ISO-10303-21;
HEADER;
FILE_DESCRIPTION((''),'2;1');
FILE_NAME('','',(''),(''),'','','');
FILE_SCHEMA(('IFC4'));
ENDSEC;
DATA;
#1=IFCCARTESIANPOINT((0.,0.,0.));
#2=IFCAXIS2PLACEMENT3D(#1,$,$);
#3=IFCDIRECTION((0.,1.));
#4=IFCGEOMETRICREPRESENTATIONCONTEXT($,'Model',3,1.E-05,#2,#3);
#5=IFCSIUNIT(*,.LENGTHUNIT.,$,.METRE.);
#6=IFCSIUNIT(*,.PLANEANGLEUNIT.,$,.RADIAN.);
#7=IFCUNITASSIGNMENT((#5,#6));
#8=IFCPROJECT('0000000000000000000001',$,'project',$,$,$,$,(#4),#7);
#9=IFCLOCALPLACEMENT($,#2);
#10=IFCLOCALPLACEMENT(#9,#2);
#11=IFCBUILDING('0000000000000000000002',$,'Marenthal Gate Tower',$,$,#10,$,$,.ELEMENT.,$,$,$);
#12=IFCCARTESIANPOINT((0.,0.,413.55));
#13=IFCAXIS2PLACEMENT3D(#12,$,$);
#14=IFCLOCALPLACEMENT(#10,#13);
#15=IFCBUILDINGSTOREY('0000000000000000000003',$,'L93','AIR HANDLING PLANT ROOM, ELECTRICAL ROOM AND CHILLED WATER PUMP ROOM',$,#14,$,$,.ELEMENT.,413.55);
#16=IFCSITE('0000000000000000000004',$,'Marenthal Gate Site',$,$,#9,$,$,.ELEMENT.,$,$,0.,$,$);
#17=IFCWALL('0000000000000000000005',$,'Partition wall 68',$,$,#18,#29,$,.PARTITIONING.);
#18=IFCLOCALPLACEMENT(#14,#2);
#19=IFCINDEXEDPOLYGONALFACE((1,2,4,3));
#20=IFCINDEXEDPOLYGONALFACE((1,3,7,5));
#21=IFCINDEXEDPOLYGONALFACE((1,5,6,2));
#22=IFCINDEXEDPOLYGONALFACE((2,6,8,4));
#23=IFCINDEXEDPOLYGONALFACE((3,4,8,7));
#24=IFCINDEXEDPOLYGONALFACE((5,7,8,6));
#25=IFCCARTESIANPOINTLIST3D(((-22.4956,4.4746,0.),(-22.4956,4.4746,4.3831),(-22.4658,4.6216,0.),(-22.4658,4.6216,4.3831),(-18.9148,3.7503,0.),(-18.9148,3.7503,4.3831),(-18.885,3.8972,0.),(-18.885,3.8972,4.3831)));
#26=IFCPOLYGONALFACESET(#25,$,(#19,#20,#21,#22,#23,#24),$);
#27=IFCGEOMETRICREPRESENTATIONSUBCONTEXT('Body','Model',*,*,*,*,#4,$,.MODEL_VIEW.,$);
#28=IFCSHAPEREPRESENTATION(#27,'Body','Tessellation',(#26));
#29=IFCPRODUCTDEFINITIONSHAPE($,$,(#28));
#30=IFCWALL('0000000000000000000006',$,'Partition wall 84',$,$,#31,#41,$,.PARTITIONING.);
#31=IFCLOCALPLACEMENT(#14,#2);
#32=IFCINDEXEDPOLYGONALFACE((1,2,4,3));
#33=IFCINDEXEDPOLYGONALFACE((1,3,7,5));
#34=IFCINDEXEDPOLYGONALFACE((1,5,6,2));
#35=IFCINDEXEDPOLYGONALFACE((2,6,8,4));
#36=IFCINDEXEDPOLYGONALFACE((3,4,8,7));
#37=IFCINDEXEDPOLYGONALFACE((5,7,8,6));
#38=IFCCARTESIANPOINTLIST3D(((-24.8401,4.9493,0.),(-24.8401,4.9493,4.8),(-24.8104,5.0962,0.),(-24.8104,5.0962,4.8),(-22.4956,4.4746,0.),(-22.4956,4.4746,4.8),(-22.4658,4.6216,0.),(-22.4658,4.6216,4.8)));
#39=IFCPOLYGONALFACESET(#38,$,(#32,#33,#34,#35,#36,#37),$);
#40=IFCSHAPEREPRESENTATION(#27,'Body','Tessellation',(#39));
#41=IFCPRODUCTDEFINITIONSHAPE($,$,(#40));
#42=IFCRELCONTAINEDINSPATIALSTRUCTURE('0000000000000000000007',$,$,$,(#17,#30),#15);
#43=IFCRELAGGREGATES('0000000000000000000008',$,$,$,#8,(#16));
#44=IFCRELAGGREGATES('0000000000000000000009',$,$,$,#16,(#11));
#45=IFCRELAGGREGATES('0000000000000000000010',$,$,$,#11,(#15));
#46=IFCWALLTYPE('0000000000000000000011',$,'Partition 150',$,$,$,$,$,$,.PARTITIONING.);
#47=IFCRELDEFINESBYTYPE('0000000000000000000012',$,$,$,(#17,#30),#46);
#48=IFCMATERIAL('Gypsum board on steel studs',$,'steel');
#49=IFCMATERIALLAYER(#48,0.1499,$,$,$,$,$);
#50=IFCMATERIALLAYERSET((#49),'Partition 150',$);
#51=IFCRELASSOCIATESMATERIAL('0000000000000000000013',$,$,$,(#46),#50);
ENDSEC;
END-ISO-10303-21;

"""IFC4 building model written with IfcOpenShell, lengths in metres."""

from ifc_helpers import new_model, si_unit, direction, frame, frame_2d, origin, place, context, subcontext, project, spatial, rectangle, extrude, material, layer, layer_set, type_object, element, save


model = new_model("IFC4")

# Units and contexts
model_context = context("Model", 3, precision=1e-05, world=origin(), true_north=direction((0.0, 1.0)))
body_context = subcontext(model_context, "Body", "Model", "MODEL_VIEW")
ifc_project = project(units=[si_unit("LENGTHUNIT", "METRE"), si_unit("PLANEANGLEUNIT", "RADIAN")], contexts=[model_context])

# Site, building, storey
site_placement = place(None, origin())
site = spatial("IfcSite", under=ifc_project, at=site_placement, Name="Marenthal Gate Site", CompositionType="ELEMENT", RefElevation=0.0)
building_placement = place(site_placement, origin())
building = spatial("IfcBuilding", under=site, at=building_placement, Name="Marenthal Gate Tower", CompositionType="ELEMENT")
storey_placement = place(building_placement, frame((0.0, 0.0, 413.55)))
storey = spatial("IfcBuildingStorey", under=building, at=storey_placement, Name="L93", Description="AIR HANDLING PLANT ROOM, ELECTRICAL ROOM AND CHILLED WATER PUMP ROOM", CompositionType="ELEMENT", Elevation=413.55)

# Walls
ifc_material_1 = material(Name="Gypsum board on steel studs", Category="steel")
ifc_layer_1 = layer(ifc_material_1, 0.1499)
ifc_layer_set_1 = layer_set([ifc_layer_1], Name="Partition 150")
wall_type = type_object("IfcWallType", Name="Partition 150", PredefinedType="PARTITIONING", material=ifc_layer_set_1)
wall_1_placement = place(storey_placement, frame((-18.8999, 3.8237, 0.0), z_axis=(0.0, 0.0, 1.0), x_axis=(-0.980146, 0.198275, 0.0)))
element("IfcWall", 1, at=wall_1_placement, inside=storey, type_object=wall_type, Name="Partition wall 68", PredefinedType="PARTITIONING", context=body_context, shape_type="SweptSolid", body=[
    extrude(rectangle(XDim=3.6533, YDim=0.1499, at=frame_2d((1.8267, 0.0))), origin(), (0.0, 0.0, 1.0), 4.3831),
])
wall_2_placement = place(storey_placement, frame((-22.4807, 4.5481, 0.0), z_axis=(0.0, 0.0, 1.0), x_axis=(-0.980119, 0.198412, 0.0)))
element("IfcWall", 2, at=wall_2_placement, inside=storey, type_object=wall_type, Name="Partition wall 84", PredefinedType="PARTITIONING", context=body_context, shape_type="SweptSolid", body=[
    extrude(rectangle(XDim=2.3921, YDim=0.1499, at=frame_2d((1.196, 0.0))), origin(), (0.0, 0.0, 1.0), 4.8),
])

save(model, "model.ifc")
